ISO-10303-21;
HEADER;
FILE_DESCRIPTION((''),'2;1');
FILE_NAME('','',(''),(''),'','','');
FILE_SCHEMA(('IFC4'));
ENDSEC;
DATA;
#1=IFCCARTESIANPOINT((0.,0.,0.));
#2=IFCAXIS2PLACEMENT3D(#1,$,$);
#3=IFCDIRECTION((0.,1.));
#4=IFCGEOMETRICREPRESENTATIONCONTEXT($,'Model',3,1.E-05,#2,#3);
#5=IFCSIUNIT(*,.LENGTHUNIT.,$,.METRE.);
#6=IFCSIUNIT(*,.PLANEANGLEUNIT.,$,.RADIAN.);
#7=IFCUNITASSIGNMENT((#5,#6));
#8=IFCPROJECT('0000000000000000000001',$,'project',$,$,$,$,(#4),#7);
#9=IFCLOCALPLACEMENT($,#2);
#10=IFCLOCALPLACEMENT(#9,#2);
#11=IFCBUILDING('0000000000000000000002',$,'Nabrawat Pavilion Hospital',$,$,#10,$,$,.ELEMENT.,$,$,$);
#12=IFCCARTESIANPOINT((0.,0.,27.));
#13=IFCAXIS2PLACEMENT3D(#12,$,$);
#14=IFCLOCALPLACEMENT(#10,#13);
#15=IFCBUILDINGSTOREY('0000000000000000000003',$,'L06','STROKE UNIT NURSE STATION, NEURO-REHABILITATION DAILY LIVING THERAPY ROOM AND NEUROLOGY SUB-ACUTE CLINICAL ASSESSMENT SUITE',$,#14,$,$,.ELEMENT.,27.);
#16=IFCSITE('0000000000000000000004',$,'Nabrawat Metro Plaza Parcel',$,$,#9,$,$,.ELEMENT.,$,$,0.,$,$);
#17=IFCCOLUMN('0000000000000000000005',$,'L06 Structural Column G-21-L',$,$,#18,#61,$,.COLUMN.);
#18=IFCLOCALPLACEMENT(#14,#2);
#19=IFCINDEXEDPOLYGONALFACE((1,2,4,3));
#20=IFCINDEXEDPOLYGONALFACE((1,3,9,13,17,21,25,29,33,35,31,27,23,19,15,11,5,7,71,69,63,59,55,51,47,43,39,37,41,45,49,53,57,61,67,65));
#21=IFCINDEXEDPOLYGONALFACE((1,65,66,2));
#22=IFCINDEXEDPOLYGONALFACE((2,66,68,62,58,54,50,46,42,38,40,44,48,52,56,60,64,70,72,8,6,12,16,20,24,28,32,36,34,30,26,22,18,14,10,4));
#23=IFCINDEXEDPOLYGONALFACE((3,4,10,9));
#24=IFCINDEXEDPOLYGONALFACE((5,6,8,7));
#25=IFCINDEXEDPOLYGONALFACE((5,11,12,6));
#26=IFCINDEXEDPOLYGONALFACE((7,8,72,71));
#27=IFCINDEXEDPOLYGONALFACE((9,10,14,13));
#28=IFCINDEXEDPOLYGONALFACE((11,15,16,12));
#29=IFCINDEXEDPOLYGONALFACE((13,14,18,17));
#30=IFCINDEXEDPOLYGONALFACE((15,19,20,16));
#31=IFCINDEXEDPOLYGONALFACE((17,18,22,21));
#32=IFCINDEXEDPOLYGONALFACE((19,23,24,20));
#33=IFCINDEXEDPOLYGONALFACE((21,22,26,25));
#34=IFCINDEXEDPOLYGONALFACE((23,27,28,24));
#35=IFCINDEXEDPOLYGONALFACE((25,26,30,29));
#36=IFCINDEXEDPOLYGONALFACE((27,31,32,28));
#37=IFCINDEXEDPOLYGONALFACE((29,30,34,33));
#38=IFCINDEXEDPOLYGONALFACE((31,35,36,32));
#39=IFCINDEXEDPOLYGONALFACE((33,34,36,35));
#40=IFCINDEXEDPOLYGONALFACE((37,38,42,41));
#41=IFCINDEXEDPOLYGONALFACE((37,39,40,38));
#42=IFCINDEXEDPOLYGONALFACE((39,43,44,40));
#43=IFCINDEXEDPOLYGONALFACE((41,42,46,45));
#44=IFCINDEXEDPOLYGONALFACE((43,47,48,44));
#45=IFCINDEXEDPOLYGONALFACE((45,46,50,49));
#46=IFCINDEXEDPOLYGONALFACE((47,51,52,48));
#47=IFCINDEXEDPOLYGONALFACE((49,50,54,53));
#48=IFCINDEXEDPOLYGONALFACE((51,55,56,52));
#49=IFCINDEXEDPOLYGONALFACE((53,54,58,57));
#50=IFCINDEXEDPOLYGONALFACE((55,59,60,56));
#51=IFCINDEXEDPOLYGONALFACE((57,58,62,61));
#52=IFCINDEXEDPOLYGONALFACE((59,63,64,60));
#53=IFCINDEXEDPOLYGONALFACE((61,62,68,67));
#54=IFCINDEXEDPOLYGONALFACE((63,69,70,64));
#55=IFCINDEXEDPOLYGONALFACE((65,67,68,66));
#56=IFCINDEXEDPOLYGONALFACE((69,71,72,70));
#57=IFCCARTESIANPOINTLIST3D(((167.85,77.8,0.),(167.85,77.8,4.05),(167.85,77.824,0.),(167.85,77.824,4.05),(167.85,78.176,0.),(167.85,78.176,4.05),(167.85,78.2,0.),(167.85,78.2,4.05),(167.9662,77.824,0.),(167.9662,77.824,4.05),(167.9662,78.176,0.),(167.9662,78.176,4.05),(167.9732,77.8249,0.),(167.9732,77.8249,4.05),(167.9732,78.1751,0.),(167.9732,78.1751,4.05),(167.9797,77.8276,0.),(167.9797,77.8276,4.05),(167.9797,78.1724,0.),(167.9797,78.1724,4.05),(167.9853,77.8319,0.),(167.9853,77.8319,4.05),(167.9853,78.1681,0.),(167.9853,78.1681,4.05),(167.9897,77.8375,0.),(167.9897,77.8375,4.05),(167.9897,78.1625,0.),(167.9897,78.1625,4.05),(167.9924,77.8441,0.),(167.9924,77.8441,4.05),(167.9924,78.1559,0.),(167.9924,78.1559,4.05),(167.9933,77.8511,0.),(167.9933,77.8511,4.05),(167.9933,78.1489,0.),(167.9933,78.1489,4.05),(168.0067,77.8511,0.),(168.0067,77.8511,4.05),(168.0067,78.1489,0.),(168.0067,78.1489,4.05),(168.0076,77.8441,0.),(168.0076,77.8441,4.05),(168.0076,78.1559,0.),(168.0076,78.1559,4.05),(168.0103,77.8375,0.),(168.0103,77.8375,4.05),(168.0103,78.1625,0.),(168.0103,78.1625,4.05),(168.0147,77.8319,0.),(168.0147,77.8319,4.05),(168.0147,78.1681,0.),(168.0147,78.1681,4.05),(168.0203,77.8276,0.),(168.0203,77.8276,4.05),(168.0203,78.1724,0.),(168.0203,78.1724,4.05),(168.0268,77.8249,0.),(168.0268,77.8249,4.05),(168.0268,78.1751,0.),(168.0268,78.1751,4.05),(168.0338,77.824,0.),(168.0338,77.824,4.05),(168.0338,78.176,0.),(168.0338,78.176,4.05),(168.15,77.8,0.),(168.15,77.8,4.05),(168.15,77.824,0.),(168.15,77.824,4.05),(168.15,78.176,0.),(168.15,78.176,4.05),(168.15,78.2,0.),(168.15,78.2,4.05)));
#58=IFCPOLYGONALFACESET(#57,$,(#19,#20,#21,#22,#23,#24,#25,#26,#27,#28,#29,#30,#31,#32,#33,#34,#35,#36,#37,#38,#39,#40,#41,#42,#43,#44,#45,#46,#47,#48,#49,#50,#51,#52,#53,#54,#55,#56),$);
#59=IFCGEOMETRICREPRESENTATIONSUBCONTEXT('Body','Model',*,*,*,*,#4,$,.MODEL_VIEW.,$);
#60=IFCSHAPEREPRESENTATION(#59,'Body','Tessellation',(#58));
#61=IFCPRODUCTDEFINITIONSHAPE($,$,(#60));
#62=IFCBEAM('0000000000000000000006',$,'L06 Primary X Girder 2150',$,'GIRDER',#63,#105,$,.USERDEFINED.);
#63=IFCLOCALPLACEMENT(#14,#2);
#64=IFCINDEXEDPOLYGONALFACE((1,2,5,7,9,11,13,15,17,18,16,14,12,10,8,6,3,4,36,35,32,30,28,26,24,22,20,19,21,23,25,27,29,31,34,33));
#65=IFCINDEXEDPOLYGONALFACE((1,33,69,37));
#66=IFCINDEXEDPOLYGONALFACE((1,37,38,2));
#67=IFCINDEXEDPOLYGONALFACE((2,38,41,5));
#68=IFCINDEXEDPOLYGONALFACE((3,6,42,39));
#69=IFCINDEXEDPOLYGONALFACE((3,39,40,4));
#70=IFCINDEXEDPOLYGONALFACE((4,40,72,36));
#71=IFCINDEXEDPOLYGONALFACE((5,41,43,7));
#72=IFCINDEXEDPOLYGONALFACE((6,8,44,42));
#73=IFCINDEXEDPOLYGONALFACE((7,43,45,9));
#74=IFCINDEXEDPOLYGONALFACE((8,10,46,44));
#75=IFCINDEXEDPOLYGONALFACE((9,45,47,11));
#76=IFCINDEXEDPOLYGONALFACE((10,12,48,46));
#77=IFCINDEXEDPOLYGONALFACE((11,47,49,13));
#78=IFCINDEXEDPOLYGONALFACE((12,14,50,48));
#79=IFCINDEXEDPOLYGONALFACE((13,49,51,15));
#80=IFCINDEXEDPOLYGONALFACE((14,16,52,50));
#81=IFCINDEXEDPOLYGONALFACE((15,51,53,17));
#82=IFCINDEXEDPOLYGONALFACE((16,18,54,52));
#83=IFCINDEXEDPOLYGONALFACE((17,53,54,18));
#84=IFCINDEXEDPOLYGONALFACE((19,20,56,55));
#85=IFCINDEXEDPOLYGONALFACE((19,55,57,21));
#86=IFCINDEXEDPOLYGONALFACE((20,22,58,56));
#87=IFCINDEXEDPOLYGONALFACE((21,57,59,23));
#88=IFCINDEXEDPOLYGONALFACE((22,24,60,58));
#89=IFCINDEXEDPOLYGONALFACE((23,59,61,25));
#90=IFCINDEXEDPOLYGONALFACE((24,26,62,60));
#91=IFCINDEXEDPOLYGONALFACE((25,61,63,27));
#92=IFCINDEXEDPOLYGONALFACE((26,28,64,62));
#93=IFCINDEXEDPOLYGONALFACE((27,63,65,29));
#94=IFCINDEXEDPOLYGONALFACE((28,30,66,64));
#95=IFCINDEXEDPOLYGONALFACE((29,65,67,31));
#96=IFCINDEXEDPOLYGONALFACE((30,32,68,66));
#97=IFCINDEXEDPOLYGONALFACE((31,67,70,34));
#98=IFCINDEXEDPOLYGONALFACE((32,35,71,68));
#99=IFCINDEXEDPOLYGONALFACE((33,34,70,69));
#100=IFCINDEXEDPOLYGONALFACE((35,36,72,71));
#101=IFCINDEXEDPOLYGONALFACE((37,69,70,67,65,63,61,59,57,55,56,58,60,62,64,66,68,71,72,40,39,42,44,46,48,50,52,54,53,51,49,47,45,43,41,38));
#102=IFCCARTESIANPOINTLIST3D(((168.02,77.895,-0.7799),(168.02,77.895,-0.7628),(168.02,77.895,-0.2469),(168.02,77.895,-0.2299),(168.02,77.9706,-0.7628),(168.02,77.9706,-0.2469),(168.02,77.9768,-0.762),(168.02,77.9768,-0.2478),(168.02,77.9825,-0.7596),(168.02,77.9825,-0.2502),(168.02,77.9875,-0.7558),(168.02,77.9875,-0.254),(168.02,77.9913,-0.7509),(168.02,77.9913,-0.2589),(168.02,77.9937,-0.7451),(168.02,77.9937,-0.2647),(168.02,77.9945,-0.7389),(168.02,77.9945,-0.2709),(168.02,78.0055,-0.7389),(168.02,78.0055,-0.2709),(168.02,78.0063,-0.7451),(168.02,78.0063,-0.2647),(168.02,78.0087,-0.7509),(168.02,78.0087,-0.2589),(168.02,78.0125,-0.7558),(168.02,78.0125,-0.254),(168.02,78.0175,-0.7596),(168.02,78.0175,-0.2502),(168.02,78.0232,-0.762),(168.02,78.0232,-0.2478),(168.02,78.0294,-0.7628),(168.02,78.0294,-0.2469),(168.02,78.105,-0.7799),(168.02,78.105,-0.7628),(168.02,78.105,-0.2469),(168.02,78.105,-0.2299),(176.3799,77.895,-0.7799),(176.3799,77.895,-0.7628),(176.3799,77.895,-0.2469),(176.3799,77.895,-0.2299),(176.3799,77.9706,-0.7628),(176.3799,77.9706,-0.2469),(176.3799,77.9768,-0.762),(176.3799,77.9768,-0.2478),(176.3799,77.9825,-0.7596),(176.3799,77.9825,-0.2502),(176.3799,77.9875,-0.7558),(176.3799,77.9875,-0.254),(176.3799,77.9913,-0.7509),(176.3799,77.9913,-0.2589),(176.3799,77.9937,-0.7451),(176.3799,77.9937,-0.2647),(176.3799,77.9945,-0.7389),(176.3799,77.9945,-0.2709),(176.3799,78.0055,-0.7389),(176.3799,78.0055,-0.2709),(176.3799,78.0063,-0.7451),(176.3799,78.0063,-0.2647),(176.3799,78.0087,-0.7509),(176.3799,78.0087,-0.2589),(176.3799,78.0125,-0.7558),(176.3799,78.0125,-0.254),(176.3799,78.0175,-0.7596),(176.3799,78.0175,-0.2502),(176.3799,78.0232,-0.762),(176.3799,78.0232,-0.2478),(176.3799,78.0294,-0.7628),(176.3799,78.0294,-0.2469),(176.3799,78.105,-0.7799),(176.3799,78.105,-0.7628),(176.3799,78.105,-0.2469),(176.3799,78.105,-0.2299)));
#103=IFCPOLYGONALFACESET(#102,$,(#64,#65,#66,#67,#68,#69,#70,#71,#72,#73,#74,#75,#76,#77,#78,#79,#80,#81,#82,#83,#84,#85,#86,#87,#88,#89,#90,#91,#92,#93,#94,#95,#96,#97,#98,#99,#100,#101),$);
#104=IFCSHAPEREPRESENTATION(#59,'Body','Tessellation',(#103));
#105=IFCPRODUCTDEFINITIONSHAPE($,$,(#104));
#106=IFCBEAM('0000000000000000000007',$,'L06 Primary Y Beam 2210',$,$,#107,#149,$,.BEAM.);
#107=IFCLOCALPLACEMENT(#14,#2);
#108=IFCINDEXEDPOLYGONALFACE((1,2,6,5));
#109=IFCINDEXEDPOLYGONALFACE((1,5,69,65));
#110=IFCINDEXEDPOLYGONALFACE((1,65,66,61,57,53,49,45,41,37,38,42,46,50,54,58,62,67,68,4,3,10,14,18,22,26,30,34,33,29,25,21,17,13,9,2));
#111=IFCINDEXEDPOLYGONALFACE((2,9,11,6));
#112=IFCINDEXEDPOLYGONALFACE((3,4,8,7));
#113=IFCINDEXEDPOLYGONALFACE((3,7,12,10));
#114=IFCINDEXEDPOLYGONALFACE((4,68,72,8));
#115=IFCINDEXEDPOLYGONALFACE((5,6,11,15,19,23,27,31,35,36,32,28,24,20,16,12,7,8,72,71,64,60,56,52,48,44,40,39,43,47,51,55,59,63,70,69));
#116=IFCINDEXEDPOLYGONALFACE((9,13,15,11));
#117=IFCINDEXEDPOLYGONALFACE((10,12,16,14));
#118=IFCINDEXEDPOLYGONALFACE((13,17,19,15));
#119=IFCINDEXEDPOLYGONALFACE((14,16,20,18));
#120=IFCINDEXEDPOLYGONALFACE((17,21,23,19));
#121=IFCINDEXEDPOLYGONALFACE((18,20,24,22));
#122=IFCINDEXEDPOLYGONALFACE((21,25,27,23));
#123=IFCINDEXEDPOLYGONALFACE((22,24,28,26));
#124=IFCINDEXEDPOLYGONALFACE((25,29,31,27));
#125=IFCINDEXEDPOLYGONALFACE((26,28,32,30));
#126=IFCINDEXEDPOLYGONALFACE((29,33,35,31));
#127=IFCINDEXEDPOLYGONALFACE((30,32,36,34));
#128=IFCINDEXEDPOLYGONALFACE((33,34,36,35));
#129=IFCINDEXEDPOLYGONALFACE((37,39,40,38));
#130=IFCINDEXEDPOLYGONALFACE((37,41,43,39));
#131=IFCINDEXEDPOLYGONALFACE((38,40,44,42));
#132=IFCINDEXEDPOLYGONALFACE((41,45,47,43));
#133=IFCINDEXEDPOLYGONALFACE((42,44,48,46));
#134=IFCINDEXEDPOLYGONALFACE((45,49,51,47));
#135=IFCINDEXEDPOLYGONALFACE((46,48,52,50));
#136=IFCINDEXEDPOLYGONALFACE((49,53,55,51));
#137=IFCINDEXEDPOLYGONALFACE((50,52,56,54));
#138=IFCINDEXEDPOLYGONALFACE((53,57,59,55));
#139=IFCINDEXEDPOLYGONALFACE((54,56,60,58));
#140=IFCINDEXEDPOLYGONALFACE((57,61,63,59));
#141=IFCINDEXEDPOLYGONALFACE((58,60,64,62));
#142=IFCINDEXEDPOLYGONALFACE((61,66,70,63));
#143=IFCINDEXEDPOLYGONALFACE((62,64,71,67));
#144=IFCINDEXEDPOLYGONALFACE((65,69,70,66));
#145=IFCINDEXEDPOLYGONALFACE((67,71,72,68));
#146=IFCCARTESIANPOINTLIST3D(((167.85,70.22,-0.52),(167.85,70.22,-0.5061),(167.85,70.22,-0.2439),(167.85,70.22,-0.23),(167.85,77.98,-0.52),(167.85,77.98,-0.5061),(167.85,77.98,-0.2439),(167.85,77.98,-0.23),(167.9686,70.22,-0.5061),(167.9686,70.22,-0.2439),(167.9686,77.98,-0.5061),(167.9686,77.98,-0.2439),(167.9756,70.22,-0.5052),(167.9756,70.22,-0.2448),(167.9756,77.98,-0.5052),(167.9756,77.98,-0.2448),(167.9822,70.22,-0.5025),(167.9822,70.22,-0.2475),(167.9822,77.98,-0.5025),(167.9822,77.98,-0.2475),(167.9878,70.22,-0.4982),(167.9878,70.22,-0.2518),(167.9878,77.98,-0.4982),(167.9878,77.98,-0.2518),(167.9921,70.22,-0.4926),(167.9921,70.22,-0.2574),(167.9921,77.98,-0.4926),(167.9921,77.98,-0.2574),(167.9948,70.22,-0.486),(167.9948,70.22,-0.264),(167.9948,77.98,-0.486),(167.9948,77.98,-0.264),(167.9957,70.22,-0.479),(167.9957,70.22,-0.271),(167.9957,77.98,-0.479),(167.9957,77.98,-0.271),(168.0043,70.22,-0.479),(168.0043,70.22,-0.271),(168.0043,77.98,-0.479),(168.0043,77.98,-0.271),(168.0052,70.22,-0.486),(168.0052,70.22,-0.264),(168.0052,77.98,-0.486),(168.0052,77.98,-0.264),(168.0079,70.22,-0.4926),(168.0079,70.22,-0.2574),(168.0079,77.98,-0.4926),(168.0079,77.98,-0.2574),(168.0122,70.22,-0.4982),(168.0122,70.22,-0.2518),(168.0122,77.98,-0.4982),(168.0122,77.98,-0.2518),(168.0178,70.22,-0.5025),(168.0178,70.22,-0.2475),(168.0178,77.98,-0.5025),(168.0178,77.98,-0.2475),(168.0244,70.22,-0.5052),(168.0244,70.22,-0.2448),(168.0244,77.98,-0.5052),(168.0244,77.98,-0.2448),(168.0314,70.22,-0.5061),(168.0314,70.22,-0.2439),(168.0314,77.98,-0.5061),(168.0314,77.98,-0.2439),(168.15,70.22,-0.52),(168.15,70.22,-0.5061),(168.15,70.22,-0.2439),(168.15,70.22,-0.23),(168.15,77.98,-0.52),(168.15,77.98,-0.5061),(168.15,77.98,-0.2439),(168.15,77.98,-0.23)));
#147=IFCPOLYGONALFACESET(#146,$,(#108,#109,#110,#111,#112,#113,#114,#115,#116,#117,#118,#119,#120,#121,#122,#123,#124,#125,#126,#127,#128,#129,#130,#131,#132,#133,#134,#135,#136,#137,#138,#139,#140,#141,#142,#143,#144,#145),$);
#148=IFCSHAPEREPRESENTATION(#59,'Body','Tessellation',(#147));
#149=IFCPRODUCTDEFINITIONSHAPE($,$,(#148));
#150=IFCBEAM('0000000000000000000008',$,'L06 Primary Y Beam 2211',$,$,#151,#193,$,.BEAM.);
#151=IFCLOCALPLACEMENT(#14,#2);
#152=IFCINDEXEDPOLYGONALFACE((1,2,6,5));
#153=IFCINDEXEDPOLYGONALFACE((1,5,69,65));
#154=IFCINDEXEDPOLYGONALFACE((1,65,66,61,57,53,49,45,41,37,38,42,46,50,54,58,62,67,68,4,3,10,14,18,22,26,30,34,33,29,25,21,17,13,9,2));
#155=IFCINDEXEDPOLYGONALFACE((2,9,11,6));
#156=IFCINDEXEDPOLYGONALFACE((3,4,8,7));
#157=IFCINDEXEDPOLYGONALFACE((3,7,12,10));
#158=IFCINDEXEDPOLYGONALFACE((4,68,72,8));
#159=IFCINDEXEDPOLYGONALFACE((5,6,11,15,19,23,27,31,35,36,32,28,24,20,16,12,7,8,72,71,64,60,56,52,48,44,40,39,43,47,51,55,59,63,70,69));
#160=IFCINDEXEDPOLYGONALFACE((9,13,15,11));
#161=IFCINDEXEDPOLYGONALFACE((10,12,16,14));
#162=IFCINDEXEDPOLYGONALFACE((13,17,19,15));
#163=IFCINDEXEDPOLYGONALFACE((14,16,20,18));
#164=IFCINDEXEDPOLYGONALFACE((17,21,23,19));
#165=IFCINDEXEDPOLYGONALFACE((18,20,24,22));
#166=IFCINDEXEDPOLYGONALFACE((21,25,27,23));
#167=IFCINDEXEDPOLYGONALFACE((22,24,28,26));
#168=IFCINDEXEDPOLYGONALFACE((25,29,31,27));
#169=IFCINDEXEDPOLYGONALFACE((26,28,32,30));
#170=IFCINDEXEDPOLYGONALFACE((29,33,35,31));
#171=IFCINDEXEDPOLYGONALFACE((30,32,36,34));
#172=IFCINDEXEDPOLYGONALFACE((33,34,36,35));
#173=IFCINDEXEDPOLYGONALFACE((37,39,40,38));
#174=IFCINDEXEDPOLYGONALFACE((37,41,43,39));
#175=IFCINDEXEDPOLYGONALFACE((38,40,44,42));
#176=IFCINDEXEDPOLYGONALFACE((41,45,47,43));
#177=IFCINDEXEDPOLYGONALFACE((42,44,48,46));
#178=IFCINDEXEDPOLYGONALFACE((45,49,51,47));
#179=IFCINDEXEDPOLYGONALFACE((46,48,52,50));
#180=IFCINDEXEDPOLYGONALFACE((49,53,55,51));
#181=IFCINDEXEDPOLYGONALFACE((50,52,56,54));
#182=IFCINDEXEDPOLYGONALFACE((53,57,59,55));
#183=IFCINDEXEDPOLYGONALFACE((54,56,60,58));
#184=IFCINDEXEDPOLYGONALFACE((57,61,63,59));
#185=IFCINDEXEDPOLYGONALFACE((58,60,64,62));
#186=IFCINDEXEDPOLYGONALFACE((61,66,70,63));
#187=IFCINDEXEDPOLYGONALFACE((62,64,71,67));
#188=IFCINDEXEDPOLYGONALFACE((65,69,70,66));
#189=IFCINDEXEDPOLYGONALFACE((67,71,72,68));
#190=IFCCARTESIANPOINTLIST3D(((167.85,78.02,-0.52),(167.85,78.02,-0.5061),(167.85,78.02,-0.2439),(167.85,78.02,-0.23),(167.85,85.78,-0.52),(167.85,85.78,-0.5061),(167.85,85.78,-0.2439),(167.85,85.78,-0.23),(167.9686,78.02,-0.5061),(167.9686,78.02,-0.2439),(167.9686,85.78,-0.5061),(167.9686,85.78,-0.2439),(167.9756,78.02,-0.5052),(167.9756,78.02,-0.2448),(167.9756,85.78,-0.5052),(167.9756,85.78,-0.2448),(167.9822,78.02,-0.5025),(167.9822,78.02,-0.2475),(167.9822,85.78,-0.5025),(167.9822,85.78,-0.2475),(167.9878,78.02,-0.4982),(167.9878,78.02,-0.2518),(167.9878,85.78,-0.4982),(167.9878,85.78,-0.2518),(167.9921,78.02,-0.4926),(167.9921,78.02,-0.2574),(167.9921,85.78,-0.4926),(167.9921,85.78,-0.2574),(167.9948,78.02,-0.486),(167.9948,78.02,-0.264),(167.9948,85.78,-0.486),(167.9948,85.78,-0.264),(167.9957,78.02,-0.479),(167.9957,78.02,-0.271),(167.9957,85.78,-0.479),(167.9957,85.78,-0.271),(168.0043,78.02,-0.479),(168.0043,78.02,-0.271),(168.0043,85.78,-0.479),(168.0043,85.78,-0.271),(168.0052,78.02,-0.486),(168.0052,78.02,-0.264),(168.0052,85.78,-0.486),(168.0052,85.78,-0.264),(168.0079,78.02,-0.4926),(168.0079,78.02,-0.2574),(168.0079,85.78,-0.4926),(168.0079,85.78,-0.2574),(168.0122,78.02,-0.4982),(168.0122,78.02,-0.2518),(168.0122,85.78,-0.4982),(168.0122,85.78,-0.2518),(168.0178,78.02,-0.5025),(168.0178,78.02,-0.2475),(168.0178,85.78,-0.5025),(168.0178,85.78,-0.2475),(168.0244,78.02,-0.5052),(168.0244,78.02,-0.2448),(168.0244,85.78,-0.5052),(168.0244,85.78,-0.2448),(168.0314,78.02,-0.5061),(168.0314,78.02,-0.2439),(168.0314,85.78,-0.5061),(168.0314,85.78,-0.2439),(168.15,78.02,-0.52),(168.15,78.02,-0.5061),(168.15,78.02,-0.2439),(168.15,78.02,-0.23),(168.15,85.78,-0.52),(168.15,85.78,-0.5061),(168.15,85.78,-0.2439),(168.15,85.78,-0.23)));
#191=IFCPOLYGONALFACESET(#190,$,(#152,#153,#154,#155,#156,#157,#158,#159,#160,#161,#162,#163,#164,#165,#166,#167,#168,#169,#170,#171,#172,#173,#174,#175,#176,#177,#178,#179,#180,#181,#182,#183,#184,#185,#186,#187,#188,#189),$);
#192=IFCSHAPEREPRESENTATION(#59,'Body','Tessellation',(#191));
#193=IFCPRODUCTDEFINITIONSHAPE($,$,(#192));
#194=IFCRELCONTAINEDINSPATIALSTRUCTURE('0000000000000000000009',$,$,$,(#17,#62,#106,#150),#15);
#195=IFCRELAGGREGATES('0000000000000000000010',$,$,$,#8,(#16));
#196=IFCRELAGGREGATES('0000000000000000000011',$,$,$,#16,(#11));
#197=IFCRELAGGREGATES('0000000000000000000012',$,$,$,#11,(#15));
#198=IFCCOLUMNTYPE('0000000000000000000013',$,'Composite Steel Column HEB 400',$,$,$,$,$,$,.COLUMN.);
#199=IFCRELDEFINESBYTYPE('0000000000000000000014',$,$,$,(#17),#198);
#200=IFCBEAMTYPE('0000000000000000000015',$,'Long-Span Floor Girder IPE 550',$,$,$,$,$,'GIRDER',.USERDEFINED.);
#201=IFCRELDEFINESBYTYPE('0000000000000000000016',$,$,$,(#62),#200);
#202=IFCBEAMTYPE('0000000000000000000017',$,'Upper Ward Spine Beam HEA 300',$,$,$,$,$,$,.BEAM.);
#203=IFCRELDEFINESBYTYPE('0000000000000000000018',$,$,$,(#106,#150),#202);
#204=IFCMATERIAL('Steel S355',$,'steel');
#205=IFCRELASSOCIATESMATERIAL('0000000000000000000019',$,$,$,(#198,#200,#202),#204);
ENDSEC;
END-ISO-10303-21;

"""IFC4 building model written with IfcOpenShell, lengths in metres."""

from ifc_helpers import new_model, si_unit, direction, frame, origin, origin_2d, place, context, subcontext, project, spatial, i_section, extrude, material, material_profile, profile_set, type_object, element, save


model = new_model("IFC4")

# Units and contexts
model_context = context("Model", 3, precision=1e-05, world=origin(), true_north=direction((0.0, 1.0)))
body_context = subcontext(model_context, "Body", "Model", "MODEL_VIEW")
ifc_project = project(units=[si_unit("LENGTHUNIT", "METRE"), si_unit("PLANEANGLEUNIT", "RADIAN")], contexts=[model_context])

# Site, building, storey
site_placement = place(None, origin())
site = spatial("IfcSite", under=ifc_project, at=site_placement, Name="Nabrawat Metro Plaza Parcel", CompositionType="ELEMENT", RefElevation=0.0)
building_placement = place(site_placement, origin())
building = spatial("IfcBuilding", under=site, at=building_placement, Name="Nabrawat Pavilion Hospital", CompositionType="ELEMENT")
storey_placement = place(building_placement, frame((0.0, 0.0, 27.0)))
storey = spatial("IfcBuildingStorey", under=building, at=storey_placement, Name="L06", Description="STROKE UNIT NURSE STATION, NEURO-REHABILITATION DAILY LIVING THERAPY ROOM AND NEUROLOGY SUB-ACUTE CLINICAL ASSESSMENT SUITE", CompositionType="ELEMENT", Elevation=27.0)

# Column
ifc_material_1 = material(Name="Steel S355", Category="steel")
ifc_material_profile_1 = material_profile(ifc_material_1, i_section(OverallWidth=0.3, OverallDepth=0.3999, WebThickness=0.0134, FlangeThickness=0.0239, FilletRadius=0.0271, at=origin_2d()), Name="HEB 400")
ifc_profile_set_1 = profile_set([ifc_material_profile_1], Name="Steel S355")
column_type = type_object("IfcColumnType", Name="Composite Steel Column HEB 400", PredefinedType="COLUMN", material=ifc_profile_set_1)
column_placement = place(storey_placement, frame((168.0, 78.0, 0.0), z_axis=(0.0, 0.0, 1.0), x_axis=(1.0, 0.0, 0.0)))
element("IfcColumn", 1, at=column_placement, inside=storey, type_object=column_type, Name="L06 Structural Column G-21-L", PredefinedType="COLUMN", context=body_context, shape_type="SweptSolid", body=[
    extrude(i_section(OverallWidth=0.3, OverallDepth=0.3999, WebThickness=0.0134, FlangeThickness=0.0239, FilletRadius=0.0271, at=origin_2d()), origin(), (0.0, 0.0, 1.0), 4.05),
])

# Beams
ifc_material_profile_2 = material_profile(ifc_material_1, i_section(OverallWidth=0.21, OverallDepth=0.55, WebThickness=0.011, FlangeThickness=0.0171, FilletRadius=0.0239, at=origin_2d()), Name="IPE 550")
ifc_profile_set_2 = profile_set([ifc_material_profile_2], Name="Steel S355")
beam_type_1 = type_object("IfcBeamType", Name="Long-Span Floor Girder IPE 550", ElementType="GIRDER", PredefinedType="USERDEFINED", material=ifc_profile_set_2)
beam_placement = place(storey_placement, frame((168.02, 78.0, -0.5049), z_axis=(1.0, 0.0, 0.0), x_axis=(0.0, 1.0, 0.0)))
element("IfcBeam", 2, at=beam_placement, inside=storey, type_object=beam_type_1, Name="L06 Primary X Girder 2150", ObjectType="GIRDER", PredefinedType="USERDEFINED", context=body_context, shape_type="SweptSolid", body=[
    extrude(i_section(OverallWidth=0.21, OverallDepth=0.55, WebThickness=0.011, FlangeThickness=0.0171, FilletRadius=0.0239, at=origin_2d()), origin(), (0.0, 0.0, 1.0), 8.3599),
])
ifc_material_profile_3 = material_profile(ifc_material_1, i_section(OverallWidth=0.3, OverallDepth=0.29, WebThickness=0.0085, FlangeThickness=0.0139, FilletRadius=0.0271, at=origin_2d()), Name="HEA 300")
ifc_profile_set_3 = profile_set([ifc_material_profile_3], Name="Steel S355")
beam_type_2 = type_object("IfcBeamType", Name="Upper Ward Spine Beam HEA 300", PredefinedType="BEAM", material=ifc_profile_set_3)
for number, where, z_axis, x_axis, name in (
    (3, (168.0, 70.22, -0.375), (0.0, 1.0, 0.0), (-1.0, 0.0, 0.0), "L06 Primary Y Beam 2210"),
    (4, (168.0, 78.02, -0.375), (0.0, 1.0, 0.0), (-1.0, 0.0, 0.0), "L06 Primary Y Beam 2211"),
):
    element("IfcBeam", number, at=place(storey_placement, frame(where, z_axis=z_axis, x_axis=x_axis)), inside=storey, type_object=beam_type_2, Name=name, PredefinedType="BEAM", context=body_context, shape_type="SweptSolid", body=[
        extrude(i_section(OverallWidth=0.3, OverallDepth=0.29, WebThickness=0.0085, FlangeThickness=0.0139, FilletRadius=0.0271, at=origin_2d()), origin(), (0.0, 0.0, 1.0), 7.76),
    ])

save(model, "model.ifc")
